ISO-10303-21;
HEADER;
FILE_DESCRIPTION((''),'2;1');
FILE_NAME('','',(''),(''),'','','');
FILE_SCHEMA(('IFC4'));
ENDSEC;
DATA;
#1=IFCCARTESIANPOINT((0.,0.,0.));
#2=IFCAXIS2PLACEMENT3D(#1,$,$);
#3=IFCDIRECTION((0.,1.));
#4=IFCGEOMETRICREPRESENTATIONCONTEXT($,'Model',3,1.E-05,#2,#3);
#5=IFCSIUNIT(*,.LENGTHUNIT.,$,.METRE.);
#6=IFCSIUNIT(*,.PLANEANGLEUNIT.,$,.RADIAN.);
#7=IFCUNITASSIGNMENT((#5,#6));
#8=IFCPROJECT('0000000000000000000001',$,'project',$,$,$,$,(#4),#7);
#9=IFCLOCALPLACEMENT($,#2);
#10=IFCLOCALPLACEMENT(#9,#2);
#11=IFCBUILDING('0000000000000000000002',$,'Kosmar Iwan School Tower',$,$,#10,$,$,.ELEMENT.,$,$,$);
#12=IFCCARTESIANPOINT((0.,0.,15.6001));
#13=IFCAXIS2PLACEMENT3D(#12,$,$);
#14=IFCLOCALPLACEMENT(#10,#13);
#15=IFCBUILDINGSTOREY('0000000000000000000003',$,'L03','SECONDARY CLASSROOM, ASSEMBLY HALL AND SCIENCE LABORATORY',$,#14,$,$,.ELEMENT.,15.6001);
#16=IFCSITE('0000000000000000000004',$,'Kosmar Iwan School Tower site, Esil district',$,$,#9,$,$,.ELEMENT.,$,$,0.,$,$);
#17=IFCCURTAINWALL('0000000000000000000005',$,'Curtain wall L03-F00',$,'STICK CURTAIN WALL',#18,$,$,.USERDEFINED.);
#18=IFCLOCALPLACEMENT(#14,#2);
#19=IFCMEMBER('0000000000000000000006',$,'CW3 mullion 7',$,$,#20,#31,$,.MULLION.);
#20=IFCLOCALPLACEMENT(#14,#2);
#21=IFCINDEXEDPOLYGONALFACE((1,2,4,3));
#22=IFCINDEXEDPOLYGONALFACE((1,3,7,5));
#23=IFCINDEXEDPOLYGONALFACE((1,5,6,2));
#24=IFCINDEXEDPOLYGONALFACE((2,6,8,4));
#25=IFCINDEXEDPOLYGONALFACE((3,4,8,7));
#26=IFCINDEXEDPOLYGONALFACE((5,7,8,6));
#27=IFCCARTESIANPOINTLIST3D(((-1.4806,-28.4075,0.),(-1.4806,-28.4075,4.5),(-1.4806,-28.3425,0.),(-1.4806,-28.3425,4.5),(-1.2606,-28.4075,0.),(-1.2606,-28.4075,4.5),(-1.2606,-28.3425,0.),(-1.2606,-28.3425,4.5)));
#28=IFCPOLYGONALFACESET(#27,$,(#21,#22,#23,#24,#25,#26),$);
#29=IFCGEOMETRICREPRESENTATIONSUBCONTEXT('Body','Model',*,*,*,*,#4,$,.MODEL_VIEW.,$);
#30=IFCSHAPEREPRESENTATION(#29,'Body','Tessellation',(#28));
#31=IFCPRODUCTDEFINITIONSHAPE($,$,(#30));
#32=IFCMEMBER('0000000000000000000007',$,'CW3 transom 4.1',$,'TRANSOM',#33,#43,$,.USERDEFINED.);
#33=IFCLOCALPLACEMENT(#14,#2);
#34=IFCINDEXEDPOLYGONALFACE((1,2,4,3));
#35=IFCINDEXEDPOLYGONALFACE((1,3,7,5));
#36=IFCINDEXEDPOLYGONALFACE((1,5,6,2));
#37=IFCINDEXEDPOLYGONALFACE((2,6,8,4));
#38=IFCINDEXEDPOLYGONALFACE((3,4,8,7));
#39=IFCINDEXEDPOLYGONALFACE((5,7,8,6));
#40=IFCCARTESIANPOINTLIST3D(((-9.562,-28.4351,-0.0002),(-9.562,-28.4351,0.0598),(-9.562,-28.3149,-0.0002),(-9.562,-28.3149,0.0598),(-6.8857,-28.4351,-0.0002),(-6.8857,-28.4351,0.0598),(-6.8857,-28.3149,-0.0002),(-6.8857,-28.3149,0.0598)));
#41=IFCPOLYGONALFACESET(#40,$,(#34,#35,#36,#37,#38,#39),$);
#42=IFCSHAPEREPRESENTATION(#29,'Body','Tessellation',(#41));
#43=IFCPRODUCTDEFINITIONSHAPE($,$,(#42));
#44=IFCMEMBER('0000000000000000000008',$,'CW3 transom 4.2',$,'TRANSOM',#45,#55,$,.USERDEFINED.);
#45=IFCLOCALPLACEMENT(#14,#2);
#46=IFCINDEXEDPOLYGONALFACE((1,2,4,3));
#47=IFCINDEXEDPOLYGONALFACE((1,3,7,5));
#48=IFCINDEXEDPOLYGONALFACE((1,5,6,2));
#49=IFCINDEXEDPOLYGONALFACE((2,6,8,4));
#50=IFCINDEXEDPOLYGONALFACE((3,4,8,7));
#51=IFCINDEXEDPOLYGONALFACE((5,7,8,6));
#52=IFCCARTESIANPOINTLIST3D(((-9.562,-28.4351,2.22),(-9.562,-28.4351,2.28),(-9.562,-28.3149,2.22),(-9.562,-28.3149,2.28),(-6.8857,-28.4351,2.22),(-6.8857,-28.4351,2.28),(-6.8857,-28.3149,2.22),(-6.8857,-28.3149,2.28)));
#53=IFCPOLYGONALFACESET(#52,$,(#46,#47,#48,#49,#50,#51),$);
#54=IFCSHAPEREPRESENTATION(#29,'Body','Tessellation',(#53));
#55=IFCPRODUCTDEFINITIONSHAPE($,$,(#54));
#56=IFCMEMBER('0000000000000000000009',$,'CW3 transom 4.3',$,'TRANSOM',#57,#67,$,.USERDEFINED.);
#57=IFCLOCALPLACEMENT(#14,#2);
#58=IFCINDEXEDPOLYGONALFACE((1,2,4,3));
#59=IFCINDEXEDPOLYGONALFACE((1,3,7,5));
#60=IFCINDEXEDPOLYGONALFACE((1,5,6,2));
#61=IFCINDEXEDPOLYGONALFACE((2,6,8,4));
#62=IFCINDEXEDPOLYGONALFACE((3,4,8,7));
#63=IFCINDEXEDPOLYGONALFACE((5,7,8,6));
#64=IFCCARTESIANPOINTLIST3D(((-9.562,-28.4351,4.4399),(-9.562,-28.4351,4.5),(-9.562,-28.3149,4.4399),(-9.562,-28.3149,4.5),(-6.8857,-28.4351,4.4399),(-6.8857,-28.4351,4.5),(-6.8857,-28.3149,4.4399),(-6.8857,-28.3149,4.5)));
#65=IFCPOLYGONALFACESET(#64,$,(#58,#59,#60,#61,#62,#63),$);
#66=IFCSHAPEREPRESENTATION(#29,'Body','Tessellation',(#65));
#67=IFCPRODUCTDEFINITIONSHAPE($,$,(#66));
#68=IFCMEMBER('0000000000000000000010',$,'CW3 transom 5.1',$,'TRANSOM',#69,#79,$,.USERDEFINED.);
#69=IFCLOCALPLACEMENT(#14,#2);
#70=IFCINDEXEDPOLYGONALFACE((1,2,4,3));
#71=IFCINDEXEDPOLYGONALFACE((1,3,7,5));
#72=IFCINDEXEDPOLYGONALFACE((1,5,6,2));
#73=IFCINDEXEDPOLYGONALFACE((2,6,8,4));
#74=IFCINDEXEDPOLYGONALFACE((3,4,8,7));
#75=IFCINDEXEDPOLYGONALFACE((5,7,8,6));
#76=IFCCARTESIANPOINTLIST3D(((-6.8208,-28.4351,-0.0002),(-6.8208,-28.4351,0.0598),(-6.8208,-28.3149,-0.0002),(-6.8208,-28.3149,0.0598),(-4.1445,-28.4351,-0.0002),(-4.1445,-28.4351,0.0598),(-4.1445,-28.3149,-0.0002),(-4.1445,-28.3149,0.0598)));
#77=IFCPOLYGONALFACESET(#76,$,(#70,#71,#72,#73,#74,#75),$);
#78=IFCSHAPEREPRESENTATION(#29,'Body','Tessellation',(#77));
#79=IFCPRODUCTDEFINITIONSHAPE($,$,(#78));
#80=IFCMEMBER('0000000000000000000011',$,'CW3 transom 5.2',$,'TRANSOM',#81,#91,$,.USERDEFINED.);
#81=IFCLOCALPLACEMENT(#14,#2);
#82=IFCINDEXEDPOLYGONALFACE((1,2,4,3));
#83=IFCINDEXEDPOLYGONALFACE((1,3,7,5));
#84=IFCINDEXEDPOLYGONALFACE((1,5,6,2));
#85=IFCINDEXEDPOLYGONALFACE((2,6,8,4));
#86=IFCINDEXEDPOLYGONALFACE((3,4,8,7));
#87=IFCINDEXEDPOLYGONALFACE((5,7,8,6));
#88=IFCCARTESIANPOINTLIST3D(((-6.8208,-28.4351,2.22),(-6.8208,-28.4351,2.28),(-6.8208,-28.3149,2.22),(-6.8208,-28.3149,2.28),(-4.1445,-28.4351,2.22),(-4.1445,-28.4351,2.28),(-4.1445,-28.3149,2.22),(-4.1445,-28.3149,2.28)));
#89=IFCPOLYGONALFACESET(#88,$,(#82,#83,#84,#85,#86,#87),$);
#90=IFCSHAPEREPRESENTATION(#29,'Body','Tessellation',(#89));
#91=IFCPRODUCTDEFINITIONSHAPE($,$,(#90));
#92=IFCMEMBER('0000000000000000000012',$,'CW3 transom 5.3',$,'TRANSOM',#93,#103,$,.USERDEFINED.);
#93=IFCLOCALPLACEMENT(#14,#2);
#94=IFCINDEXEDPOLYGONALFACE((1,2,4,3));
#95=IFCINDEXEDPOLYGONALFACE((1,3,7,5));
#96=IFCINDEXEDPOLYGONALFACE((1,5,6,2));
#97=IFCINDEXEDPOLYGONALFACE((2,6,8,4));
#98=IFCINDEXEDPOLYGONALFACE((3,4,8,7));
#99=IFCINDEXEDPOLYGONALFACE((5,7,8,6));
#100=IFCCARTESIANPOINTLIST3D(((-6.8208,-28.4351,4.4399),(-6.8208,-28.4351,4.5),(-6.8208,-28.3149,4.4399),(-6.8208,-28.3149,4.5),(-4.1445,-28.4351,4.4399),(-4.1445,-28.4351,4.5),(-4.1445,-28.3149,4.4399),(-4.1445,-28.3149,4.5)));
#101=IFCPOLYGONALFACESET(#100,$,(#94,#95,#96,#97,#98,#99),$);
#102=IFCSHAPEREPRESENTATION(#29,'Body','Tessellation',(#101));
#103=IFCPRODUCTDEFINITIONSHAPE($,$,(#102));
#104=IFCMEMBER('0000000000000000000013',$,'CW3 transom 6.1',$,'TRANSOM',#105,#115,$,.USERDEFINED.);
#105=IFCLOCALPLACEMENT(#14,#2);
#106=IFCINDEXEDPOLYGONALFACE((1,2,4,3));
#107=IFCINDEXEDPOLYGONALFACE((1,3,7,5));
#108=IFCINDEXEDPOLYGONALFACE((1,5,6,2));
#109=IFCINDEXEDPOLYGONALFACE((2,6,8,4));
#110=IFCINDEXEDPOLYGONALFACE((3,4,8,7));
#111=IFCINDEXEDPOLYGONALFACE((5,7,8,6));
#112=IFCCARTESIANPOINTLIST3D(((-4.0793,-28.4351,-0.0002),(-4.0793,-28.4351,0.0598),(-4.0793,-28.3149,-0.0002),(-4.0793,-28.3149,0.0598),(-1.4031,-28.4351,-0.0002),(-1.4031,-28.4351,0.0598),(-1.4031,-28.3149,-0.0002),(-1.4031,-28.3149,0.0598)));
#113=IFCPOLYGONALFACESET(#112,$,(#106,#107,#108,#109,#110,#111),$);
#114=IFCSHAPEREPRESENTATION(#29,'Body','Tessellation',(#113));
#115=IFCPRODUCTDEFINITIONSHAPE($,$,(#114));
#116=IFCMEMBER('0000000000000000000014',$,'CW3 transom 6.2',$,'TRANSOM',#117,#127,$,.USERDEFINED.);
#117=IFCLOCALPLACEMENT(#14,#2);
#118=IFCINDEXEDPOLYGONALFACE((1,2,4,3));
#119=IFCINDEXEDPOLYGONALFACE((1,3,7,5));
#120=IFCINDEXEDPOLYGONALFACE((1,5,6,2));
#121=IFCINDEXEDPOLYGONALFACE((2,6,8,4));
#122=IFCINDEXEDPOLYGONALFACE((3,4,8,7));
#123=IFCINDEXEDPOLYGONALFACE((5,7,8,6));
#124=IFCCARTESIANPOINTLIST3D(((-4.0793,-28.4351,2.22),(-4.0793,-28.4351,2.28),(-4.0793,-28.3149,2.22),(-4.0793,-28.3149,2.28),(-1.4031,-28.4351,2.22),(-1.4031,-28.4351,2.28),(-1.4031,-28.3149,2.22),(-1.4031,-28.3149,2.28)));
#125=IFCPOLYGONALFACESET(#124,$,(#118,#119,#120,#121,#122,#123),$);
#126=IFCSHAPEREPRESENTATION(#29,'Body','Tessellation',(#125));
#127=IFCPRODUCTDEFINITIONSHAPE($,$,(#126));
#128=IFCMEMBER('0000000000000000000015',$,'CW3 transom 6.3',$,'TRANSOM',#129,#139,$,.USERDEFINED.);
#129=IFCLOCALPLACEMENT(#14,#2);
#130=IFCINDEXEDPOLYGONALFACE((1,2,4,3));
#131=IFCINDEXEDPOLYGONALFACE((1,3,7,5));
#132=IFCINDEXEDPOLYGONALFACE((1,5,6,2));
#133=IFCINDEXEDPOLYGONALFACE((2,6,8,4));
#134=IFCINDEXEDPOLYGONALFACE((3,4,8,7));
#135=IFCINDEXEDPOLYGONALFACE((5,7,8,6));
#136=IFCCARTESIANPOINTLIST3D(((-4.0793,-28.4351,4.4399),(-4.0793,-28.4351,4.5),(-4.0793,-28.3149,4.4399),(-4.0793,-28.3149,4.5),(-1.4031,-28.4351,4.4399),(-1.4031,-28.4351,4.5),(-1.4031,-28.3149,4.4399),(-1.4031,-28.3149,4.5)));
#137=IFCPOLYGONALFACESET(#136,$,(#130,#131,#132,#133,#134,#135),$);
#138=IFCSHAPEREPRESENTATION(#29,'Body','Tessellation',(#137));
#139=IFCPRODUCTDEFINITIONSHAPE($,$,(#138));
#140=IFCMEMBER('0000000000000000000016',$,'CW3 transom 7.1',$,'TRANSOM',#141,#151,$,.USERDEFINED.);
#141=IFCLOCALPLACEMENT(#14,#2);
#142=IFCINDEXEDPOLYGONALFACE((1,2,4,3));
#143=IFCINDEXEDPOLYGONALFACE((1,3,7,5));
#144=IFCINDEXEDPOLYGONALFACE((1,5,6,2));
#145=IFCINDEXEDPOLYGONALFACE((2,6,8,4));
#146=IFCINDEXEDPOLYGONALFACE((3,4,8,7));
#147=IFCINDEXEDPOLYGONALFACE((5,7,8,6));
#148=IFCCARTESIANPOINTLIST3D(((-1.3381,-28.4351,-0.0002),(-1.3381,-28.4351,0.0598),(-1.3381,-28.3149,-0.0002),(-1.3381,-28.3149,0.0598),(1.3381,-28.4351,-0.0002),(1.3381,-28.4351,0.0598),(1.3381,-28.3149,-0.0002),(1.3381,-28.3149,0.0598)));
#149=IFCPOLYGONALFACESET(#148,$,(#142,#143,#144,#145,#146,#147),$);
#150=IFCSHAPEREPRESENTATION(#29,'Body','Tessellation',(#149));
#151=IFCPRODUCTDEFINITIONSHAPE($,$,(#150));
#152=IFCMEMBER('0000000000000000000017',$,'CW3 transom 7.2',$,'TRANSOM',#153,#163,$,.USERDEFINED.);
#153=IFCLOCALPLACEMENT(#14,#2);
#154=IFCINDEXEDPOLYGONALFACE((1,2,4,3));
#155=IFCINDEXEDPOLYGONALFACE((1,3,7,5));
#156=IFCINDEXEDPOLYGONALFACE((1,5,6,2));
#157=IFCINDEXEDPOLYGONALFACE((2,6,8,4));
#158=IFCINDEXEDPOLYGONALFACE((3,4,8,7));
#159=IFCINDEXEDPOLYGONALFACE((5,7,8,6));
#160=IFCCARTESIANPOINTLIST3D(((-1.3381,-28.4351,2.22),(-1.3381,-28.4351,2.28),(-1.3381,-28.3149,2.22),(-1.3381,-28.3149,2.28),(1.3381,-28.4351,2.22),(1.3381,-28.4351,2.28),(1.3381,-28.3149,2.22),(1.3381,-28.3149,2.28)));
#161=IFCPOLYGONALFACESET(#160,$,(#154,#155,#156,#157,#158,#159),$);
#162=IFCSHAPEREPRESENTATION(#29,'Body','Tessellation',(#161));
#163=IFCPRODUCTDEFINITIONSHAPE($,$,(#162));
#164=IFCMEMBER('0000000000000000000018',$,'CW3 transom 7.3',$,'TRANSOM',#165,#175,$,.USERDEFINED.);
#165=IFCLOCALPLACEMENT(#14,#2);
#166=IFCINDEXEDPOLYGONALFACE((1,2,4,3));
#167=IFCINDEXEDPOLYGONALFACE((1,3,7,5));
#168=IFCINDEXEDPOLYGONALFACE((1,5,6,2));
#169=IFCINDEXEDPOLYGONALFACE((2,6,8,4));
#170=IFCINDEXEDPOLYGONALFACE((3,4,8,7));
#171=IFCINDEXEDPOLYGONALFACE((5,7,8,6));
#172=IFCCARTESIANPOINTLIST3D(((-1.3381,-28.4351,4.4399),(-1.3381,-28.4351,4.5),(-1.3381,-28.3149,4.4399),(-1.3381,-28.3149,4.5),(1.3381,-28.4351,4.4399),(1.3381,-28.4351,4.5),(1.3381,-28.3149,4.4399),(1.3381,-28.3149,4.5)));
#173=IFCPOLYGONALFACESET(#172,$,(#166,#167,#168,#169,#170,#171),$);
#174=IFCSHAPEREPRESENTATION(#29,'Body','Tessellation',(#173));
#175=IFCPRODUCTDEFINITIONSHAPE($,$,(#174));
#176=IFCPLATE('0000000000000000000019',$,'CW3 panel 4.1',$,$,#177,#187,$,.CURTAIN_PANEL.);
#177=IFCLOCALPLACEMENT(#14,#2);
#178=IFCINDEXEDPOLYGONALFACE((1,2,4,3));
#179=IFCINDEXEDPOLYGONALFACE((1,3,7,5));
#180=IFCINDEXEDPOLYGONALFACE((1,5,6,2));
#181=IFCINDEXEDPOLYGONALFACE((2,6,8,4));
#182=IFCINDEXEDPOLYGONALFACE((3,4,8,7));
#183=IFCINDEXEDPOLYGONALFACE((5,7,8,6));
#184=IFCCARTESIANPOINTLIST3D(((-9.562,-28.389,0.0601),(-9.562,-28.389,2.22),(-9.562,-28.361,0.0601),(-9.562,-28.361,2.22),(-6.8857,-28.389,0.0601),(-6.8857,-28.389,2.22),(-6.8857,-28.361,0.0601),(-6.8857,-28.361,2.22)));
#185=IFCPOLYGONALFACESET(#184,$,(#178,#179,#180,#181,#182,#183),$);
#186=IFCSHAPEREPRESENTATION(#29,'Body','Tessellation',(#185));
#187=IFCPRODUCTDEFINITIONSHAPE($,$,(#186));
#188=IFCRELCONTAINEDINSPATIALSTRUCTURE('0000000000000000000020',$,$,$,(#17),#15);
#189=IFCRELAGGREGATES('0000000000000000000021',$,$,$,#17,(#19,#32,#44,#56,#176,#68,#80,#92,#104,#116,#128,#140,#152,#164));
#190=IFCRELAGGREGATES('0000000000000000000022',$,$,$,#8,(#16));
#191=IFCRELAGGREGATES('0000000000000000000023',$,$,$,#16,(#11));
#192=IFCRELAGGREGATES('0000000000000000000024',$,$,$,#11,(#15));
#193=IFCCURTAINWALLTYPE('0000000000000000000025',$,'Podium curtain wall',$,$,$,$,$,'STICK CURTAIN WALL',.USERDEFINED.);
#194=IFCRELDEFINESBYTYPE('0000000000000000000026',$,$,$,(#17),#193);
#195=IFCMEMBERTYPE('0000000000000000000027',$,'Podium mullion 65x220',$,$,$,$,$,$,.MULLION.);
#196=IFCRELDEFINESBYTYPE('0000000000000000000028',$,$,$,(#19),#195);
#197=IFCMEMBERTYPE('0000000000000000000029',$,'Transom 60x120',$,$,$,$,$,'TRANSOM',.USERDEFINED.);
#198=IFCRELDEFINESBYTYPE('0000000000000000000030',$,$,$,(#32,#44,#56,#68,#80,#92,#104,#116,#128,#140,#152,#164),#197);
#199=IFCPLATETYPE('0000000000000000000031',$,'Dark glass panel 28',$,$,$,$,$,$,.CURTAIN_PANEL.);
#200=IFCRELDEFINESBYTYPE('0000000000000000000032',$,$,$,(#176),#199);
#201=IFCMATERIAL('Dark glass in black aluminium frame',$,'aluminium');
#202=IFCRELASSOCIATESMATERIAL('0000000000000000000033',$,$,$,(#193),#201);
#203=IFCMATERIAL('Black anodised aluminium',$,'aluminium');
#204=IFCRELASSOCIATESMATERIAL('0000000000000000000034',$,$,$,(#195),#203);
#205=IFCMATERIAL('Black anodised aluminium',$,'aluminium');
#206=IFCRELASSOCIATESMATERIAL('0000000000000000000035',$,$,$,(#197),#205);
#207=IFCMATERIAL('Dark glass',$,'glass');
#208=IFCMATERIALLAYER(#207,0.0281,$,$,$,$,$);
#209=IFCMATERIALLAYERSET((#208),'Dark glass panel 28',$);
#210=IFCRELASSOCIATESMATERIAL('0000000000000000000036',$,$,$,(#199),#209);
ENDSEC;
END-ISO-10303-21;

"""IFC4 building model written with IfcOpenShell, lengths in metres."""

from ifc_helpers import new_model, si_unit, direction, frame, origin, origin_2d, place, context, subcontext, project, spatial, rectangle, extrude, material, layer, layer_set, material_profile, profile_set, type_object, element, aggregate, save


model = new_model("IFC4")

# Units and contexts
model_context = context("Model", 3, precision=1e-05, world=origin(), true_north=direction((0.0, 1.0)))
body_context = subcontext(model_context, "Body", "Model", "MODEL_VIEW")
ifc_project = project(units=[si_unit("LENGTHUNIT", "METRE"), si_unit("PLANEANGLEUNIT", "RADIAN")], contexts=[model_context])

# Site, building, storey
site_placement = place(None, origin())
site = spatial("IfcSite", under=ifc_project, at=site_placement, Name="Kosmar Iwan School Tower site, Esil district", CompositionType="ELEMENT", RefElevation=0.0)
building_placement = place(site_placement, origin())
building = spatial("IfcBuilding", under=site, at=building_placement, Name="Kosmar Iwan School Tower", CompositionType="ELEMENT")
storey_placement = place(building_placement, frame((0.0, 0.0, 15.6001)))
storey = spatial("IfcBuildingStorey", under=building, at=storey_placement, Name="L03", Description="SECONDARY CLASSROOM, ASSEMBLY HALL AND SCIENCE LABORATORY", CompositionType="ELEMENT", Elevation=15.6001)

# Curtain wall, members, plate
ifc_material_1 = material(Name="Dark glass in black aluminium frame", Category="aluminium")
curtain_wall_type = type_object("IfcCurtainWallType", Name="Podium curtain wall", ElementType="STICK CURTAIN WALL", PredefinedType="USERDEFINED", material=ifc_material_1)
curtain_wall_placement = place(storey_placement, origin())
curtain_wall = element("IfcCurtainWall", 1, at=curtain_wall_placement, inside=storey, type_object=curtain_wall_type, Name="Curtain wall L03-F00", ObjectType="STICK CURTAIN WALL", PredefinedType="USERDEFINED")
ifc_material_2 = material(Name="Black anodised aluminium", Category="aluminium")
ifc_material_profile_1 = material_profile(ifc_material_2, rectangle(XDim=0.0649, YDim=0.22, at=origin_2d()), Name="MULLION 65x220")
ifc_profile_set_1 = profile_set([ifc_material_profile_1], Name="Black anodised aluminium")
member_type_1 = type_object("IfcMemberType", Name="Podium mullion 65x220", PredefinedType="MULLION", material=ifc_profile_set_1)
member_1_placement = place(storey_placement, frame((-1.3706, -28.375, 0.0), z_axis=(0.0, 0.0, 1.0), x_axis=(0.0, 1.0, 0.0)))
member_1 = element("IfcMember", 2, at=member_1_placement, type_object=member_type_1, Name="CW3 mullion 7", PredefinedType="MULLION", context=body_context, shape_type="SweptSolid", body=[
    extrude(rectangle(XDim=0.0649, YDim=0.22, at=origin_2d()), origin(), (0.0, 0.0, 1.0), 4.5),
])
ifc_material_3 = material(Name="Black anodised aluminium", Category="aluminium")
ifc_material_profile_2 = material_profile(ifc_material_3, rectangle(XDim=0.1201, YDim=0.0601, at=origin_2d()), Name="TRANSOM 60x120")
ifc_profile_set_2 = profile_set([ifc_material_profile_2], Name="Black anodised aluminium")
member_type_2 = type_object("IfcMemberType", Name="Transom 60x120", ElementType="TRANSOM", PredefinedType="USERDEFINED", material=ifc_profile_set_2)
member_2_placement = place(storey_placement, frame((-9.562, -28.375, 0.0298), z_axis=(1.0, 0.0, 0.0), x_axis=(0.0, 1.0, 0.0)))
member_2 = element("IfcMember", 3, at=member_2_placement, type_object=member_type_2, Name="CW3 transom 4.1", ObjectType="TRANSOM", PredefinedType="USERDEFINED", context=body_context, shape_type="SweptSolid", body=[
    extrude(rectangle(XDim=0.1201, YDim=0.0601, at=origin_2d()), origin(), (0.0, 0.0, 1.0), 2.6763),
])
member_3_placement = place(storey_placement, frame((-9.562, -28.375, 2.25), z_axis=(1.0, 0.0, 0.0), x_axis=(0.0, 1.0, 0.0)))
member_3 = element("IfcMember", 4, at=member_3_placement, type_object=member_type_2, Name="CW3 transom 4.2", ObjectType="TRANSOM", PredefinedType="USERDEFINED", context=body_context, shape_type="SweptSolid", body=[
    extrude(rectangle(XDim=0.1201, YDim=0.0601, at=origin_2d()), origin(), (0.0, 0.0, 1.0), 2.6763),
])
member_4_placement = place(storey_placement, frame((-9.562, -28.375, 4.47), z_axis=(1.0, 0.0, 0.0), x_axis=(0.0, 1.0, 0.0)))
member_4 = element("IfcMember", 5, at=member_4_placement, type_object=member_type_2, Name="CW3 transom 4.3", ObjectType="TRANSOM", PredefinedType="USERDEFINED", context=body_context, shape_type="SweptSolid", body=[
    extrude(rectangle(XDim=0.1201, YDim=0.0601, at=origin_2d()), origin(), (0.0, 0.0, 1.0), 2.6763),
])
member_5_placement = place(storey_placement, frame((-6.8208, -28.375, 0.0298), z_axis=(1.0, 0.0, 0.0), x_axis=(0.0, 1.0, 0.0)))
member_5 = element("IfcMember", 6, at=member_5_placement, type_object=member_type_2, Name="CW3 transom 5.1", ObjectType="TRANSOM", PredefinedType="USERDEFINED", context=body_context, shape_type="SweptSolid", body=[
    extrude(rectangle(XDim=0.1201, YDim=0.0601, at=origin_2d()), origin(), (0.0, 0.0, 1.0), 2.6763),
])
member_6_placement = place(storey_placement, frame((-6.8208, -28.375, 2.25), z_axis=(1.0, 0.0, 0.0), x_axis=(0.0, 1.0, 0.0)))
member_6 = element("IfcMember", 7, at=member_6_placement, type_object=member_type_2, Name="CW3 transom 5.2", ObjectType="TRANSOM", PredefinedType="USERDEFINED", context=body_context, shape_type="SweptSolid", body=[
    extrude(rectangle(XDim=0.1201, YDim=0.0601, at=origin_2d()), origin(), (0.0, 0.0, 1.0), 2.6763),
])
member_7_placement = place(storey_placement, frame((-6.8208, -28.375, 4.47), z_axis=(1.0, 0.0, 0.0), x_axis=(0.0, 1.0, 0.0)))
member_7 = element("IfcMember", 8, at=member_7_placement, type_object=member_type_2, Name="CW3 transom 5.3", ObjectType="TRANSOM", PredefinedType="USERDEFINED", context=body_context, shape_type="SweptSolid", body=[
    extrude(rectangle(XDim=0.1201, YDim=0.0601, at=origin_2d()), origin(), (0.0, 0.0, 1.0), 2.6763),
])
member_8_placement = place(storey_placement, frame((-4.0793, -28.375, 0.0298), z_axis=(1.0, 0.0, 0.0), x_axis=(0.0, 1.0, 0.0)))
member_8 = element("IfcMember", 9, at=member_8_placement, type_object=member_type_2, Name="CW3 transom 6.1", ObjectType="TRANSOM", PredefinedType="USERDEFINED", context=body_context, shape_type="SweptSolid", body=[
    extrude(rectangle(XDim=0.1201, YDim=0.0601, at=origin_2d()), origin(), (0.0, 0.0, 1.0), 2.6763),
])
member_9_placement = place(storey_placement, frame((-4.0793, -28.375, 2.25), z_axis=(1.0, 0.0, 0.0), x_axis=(0.0, 1.0, 0.0)))
member_9 = element("IfcMember", 10, at=member_9_placement, type_object=member_type_2, Name="CW3 transom 6.2", ObjectType="TRANSOM", PredefinedType="USERDEFINED", context=body_context, shape_type="SweptSolid", body=[
    extrude(rectangle(XDim=0.1201, YDim=0.0601, at=origin_2d()), origin(), (0.0, 0.0, 1.0), 2.6763),
])
member_10_placement = place(storey_placement, frame((-4.0793, -28.375, 4.47), z_axis=(1.0, 0.0, 0.0), x_axis=(0.0, 1.0, 0.0)))
member_10 = element("IfcMember", 11, at=member_10_placement, type_object=member_type_2, Name="CW3 transom 6.3", ObjectType="TRANSOM", PredefinedType="USERDEFINED", context=body_context, shape_type="SweptSolid", body=[
    extrude(rectangle(XDim=0.1201, YDim=0.0601, at=origin_2d()), origin(), (0.0, 0.0, 1.0), 2.6763),
])
member_11_placement = place(storey_placement, frame((-1.3381, -28.375, 0.0298), z_axis=(1.0, 0.0, 0.0), x_axis=(0.0, 1.0, 0.0)))
member_11 = element("IfcMember", 12, at=member_11_placement, type_object=member_type_2, Name="CW3 transom 7.1", ObjectType="TRANSOM", PredefinedType="USERDEFINED", context=body_context, shape_type="SweptSolid", body=[
    extrude(rectangle(XDim=0.1201, YDim=0.0601, at=origin_2d()), origin(), (0.0, 0.0, 1.0), 2.6763),
])
member_12_placement = place(storey_placement, frame((-1.3381, -28.375, 2.25), z_axis=(1.0, 0.0, 0.0), x_axis=(0.0, 1.0, 0.0)))
member_12 = element("IfcMember", 13, at=member_12_placement, type_object=member_type_2, Name="CW3 transom 7.2", ObjectType="TRANSOM", PredefinedType="USERDEFINED", context=body_context, shape_type="SweptSolid", body=[
    extrude(rectangle(XDim=0.1201, YDim=0.0601, at=origin_2d()), origin(), (0.0, 0.0, 1.0), 2.6763),
])
member_13_placement = place(storey_placement, frame((-1.3381, -28.375, 4.47), z_axis=(1.0, 0.0, 0.0), x_axis=(0.0, 1.0, 0.0)))
member_13 = element("IfcMember", 14, at=member_13_placement, type_object=member_type_2, Name="CW3 transom 7.3", ObjectType="TRANSOM", PredefinedType="USERDEFINED", context=body_context, shape_type="SweptSolid", body=[
    extrude(rectangle(XDim=0.1201, YDim=0.0601, at=origin_2d()), origin(), (0.0, 0.0, 1.0), 2.6763),
])
ifc_material_4 = material(Name="Dark glass", Category="glass")
ifc_layer = layer(ifc_material_4, 0.0281)
ifc_layer_set = layer_set([ifc_layer], Name="Dark glass panel 28")
plate_type = type_object("IfcPlateType", Name="Dark glass panel 28", PredefinedType="CURTAIN_PANEL", material=ifc_layer_set)
plate_1_placement = place(storey_placement, frame((-8.2239, -28.375, 0.0601), z_axis=(0.0, 0.0, 1.0), x_axis=(1.0, 0.0, 0.0)))
plate_1 = element("IfcPlate", 15, at=plate_1_placement, type_object=plate_type, Name="CW3 panel 4.1", PredefinedType="CURTAIN_PANEL", context=body_context, shape_type="SweptSolid", body=[
    extrude(rectangle(XDim=2.6763, YDim=0.0281, at=origin_2d()), origin(), (0.0, 0.0, 1.0), 2.1599),
])
aggregate(curtain_wall, [member_1, member_2, member_3, member_4, plate_1, member_5, member_6, member_7, member_8, member_9, member_10, member_11, member_12, member_13])

save(model, "model.ifc")
